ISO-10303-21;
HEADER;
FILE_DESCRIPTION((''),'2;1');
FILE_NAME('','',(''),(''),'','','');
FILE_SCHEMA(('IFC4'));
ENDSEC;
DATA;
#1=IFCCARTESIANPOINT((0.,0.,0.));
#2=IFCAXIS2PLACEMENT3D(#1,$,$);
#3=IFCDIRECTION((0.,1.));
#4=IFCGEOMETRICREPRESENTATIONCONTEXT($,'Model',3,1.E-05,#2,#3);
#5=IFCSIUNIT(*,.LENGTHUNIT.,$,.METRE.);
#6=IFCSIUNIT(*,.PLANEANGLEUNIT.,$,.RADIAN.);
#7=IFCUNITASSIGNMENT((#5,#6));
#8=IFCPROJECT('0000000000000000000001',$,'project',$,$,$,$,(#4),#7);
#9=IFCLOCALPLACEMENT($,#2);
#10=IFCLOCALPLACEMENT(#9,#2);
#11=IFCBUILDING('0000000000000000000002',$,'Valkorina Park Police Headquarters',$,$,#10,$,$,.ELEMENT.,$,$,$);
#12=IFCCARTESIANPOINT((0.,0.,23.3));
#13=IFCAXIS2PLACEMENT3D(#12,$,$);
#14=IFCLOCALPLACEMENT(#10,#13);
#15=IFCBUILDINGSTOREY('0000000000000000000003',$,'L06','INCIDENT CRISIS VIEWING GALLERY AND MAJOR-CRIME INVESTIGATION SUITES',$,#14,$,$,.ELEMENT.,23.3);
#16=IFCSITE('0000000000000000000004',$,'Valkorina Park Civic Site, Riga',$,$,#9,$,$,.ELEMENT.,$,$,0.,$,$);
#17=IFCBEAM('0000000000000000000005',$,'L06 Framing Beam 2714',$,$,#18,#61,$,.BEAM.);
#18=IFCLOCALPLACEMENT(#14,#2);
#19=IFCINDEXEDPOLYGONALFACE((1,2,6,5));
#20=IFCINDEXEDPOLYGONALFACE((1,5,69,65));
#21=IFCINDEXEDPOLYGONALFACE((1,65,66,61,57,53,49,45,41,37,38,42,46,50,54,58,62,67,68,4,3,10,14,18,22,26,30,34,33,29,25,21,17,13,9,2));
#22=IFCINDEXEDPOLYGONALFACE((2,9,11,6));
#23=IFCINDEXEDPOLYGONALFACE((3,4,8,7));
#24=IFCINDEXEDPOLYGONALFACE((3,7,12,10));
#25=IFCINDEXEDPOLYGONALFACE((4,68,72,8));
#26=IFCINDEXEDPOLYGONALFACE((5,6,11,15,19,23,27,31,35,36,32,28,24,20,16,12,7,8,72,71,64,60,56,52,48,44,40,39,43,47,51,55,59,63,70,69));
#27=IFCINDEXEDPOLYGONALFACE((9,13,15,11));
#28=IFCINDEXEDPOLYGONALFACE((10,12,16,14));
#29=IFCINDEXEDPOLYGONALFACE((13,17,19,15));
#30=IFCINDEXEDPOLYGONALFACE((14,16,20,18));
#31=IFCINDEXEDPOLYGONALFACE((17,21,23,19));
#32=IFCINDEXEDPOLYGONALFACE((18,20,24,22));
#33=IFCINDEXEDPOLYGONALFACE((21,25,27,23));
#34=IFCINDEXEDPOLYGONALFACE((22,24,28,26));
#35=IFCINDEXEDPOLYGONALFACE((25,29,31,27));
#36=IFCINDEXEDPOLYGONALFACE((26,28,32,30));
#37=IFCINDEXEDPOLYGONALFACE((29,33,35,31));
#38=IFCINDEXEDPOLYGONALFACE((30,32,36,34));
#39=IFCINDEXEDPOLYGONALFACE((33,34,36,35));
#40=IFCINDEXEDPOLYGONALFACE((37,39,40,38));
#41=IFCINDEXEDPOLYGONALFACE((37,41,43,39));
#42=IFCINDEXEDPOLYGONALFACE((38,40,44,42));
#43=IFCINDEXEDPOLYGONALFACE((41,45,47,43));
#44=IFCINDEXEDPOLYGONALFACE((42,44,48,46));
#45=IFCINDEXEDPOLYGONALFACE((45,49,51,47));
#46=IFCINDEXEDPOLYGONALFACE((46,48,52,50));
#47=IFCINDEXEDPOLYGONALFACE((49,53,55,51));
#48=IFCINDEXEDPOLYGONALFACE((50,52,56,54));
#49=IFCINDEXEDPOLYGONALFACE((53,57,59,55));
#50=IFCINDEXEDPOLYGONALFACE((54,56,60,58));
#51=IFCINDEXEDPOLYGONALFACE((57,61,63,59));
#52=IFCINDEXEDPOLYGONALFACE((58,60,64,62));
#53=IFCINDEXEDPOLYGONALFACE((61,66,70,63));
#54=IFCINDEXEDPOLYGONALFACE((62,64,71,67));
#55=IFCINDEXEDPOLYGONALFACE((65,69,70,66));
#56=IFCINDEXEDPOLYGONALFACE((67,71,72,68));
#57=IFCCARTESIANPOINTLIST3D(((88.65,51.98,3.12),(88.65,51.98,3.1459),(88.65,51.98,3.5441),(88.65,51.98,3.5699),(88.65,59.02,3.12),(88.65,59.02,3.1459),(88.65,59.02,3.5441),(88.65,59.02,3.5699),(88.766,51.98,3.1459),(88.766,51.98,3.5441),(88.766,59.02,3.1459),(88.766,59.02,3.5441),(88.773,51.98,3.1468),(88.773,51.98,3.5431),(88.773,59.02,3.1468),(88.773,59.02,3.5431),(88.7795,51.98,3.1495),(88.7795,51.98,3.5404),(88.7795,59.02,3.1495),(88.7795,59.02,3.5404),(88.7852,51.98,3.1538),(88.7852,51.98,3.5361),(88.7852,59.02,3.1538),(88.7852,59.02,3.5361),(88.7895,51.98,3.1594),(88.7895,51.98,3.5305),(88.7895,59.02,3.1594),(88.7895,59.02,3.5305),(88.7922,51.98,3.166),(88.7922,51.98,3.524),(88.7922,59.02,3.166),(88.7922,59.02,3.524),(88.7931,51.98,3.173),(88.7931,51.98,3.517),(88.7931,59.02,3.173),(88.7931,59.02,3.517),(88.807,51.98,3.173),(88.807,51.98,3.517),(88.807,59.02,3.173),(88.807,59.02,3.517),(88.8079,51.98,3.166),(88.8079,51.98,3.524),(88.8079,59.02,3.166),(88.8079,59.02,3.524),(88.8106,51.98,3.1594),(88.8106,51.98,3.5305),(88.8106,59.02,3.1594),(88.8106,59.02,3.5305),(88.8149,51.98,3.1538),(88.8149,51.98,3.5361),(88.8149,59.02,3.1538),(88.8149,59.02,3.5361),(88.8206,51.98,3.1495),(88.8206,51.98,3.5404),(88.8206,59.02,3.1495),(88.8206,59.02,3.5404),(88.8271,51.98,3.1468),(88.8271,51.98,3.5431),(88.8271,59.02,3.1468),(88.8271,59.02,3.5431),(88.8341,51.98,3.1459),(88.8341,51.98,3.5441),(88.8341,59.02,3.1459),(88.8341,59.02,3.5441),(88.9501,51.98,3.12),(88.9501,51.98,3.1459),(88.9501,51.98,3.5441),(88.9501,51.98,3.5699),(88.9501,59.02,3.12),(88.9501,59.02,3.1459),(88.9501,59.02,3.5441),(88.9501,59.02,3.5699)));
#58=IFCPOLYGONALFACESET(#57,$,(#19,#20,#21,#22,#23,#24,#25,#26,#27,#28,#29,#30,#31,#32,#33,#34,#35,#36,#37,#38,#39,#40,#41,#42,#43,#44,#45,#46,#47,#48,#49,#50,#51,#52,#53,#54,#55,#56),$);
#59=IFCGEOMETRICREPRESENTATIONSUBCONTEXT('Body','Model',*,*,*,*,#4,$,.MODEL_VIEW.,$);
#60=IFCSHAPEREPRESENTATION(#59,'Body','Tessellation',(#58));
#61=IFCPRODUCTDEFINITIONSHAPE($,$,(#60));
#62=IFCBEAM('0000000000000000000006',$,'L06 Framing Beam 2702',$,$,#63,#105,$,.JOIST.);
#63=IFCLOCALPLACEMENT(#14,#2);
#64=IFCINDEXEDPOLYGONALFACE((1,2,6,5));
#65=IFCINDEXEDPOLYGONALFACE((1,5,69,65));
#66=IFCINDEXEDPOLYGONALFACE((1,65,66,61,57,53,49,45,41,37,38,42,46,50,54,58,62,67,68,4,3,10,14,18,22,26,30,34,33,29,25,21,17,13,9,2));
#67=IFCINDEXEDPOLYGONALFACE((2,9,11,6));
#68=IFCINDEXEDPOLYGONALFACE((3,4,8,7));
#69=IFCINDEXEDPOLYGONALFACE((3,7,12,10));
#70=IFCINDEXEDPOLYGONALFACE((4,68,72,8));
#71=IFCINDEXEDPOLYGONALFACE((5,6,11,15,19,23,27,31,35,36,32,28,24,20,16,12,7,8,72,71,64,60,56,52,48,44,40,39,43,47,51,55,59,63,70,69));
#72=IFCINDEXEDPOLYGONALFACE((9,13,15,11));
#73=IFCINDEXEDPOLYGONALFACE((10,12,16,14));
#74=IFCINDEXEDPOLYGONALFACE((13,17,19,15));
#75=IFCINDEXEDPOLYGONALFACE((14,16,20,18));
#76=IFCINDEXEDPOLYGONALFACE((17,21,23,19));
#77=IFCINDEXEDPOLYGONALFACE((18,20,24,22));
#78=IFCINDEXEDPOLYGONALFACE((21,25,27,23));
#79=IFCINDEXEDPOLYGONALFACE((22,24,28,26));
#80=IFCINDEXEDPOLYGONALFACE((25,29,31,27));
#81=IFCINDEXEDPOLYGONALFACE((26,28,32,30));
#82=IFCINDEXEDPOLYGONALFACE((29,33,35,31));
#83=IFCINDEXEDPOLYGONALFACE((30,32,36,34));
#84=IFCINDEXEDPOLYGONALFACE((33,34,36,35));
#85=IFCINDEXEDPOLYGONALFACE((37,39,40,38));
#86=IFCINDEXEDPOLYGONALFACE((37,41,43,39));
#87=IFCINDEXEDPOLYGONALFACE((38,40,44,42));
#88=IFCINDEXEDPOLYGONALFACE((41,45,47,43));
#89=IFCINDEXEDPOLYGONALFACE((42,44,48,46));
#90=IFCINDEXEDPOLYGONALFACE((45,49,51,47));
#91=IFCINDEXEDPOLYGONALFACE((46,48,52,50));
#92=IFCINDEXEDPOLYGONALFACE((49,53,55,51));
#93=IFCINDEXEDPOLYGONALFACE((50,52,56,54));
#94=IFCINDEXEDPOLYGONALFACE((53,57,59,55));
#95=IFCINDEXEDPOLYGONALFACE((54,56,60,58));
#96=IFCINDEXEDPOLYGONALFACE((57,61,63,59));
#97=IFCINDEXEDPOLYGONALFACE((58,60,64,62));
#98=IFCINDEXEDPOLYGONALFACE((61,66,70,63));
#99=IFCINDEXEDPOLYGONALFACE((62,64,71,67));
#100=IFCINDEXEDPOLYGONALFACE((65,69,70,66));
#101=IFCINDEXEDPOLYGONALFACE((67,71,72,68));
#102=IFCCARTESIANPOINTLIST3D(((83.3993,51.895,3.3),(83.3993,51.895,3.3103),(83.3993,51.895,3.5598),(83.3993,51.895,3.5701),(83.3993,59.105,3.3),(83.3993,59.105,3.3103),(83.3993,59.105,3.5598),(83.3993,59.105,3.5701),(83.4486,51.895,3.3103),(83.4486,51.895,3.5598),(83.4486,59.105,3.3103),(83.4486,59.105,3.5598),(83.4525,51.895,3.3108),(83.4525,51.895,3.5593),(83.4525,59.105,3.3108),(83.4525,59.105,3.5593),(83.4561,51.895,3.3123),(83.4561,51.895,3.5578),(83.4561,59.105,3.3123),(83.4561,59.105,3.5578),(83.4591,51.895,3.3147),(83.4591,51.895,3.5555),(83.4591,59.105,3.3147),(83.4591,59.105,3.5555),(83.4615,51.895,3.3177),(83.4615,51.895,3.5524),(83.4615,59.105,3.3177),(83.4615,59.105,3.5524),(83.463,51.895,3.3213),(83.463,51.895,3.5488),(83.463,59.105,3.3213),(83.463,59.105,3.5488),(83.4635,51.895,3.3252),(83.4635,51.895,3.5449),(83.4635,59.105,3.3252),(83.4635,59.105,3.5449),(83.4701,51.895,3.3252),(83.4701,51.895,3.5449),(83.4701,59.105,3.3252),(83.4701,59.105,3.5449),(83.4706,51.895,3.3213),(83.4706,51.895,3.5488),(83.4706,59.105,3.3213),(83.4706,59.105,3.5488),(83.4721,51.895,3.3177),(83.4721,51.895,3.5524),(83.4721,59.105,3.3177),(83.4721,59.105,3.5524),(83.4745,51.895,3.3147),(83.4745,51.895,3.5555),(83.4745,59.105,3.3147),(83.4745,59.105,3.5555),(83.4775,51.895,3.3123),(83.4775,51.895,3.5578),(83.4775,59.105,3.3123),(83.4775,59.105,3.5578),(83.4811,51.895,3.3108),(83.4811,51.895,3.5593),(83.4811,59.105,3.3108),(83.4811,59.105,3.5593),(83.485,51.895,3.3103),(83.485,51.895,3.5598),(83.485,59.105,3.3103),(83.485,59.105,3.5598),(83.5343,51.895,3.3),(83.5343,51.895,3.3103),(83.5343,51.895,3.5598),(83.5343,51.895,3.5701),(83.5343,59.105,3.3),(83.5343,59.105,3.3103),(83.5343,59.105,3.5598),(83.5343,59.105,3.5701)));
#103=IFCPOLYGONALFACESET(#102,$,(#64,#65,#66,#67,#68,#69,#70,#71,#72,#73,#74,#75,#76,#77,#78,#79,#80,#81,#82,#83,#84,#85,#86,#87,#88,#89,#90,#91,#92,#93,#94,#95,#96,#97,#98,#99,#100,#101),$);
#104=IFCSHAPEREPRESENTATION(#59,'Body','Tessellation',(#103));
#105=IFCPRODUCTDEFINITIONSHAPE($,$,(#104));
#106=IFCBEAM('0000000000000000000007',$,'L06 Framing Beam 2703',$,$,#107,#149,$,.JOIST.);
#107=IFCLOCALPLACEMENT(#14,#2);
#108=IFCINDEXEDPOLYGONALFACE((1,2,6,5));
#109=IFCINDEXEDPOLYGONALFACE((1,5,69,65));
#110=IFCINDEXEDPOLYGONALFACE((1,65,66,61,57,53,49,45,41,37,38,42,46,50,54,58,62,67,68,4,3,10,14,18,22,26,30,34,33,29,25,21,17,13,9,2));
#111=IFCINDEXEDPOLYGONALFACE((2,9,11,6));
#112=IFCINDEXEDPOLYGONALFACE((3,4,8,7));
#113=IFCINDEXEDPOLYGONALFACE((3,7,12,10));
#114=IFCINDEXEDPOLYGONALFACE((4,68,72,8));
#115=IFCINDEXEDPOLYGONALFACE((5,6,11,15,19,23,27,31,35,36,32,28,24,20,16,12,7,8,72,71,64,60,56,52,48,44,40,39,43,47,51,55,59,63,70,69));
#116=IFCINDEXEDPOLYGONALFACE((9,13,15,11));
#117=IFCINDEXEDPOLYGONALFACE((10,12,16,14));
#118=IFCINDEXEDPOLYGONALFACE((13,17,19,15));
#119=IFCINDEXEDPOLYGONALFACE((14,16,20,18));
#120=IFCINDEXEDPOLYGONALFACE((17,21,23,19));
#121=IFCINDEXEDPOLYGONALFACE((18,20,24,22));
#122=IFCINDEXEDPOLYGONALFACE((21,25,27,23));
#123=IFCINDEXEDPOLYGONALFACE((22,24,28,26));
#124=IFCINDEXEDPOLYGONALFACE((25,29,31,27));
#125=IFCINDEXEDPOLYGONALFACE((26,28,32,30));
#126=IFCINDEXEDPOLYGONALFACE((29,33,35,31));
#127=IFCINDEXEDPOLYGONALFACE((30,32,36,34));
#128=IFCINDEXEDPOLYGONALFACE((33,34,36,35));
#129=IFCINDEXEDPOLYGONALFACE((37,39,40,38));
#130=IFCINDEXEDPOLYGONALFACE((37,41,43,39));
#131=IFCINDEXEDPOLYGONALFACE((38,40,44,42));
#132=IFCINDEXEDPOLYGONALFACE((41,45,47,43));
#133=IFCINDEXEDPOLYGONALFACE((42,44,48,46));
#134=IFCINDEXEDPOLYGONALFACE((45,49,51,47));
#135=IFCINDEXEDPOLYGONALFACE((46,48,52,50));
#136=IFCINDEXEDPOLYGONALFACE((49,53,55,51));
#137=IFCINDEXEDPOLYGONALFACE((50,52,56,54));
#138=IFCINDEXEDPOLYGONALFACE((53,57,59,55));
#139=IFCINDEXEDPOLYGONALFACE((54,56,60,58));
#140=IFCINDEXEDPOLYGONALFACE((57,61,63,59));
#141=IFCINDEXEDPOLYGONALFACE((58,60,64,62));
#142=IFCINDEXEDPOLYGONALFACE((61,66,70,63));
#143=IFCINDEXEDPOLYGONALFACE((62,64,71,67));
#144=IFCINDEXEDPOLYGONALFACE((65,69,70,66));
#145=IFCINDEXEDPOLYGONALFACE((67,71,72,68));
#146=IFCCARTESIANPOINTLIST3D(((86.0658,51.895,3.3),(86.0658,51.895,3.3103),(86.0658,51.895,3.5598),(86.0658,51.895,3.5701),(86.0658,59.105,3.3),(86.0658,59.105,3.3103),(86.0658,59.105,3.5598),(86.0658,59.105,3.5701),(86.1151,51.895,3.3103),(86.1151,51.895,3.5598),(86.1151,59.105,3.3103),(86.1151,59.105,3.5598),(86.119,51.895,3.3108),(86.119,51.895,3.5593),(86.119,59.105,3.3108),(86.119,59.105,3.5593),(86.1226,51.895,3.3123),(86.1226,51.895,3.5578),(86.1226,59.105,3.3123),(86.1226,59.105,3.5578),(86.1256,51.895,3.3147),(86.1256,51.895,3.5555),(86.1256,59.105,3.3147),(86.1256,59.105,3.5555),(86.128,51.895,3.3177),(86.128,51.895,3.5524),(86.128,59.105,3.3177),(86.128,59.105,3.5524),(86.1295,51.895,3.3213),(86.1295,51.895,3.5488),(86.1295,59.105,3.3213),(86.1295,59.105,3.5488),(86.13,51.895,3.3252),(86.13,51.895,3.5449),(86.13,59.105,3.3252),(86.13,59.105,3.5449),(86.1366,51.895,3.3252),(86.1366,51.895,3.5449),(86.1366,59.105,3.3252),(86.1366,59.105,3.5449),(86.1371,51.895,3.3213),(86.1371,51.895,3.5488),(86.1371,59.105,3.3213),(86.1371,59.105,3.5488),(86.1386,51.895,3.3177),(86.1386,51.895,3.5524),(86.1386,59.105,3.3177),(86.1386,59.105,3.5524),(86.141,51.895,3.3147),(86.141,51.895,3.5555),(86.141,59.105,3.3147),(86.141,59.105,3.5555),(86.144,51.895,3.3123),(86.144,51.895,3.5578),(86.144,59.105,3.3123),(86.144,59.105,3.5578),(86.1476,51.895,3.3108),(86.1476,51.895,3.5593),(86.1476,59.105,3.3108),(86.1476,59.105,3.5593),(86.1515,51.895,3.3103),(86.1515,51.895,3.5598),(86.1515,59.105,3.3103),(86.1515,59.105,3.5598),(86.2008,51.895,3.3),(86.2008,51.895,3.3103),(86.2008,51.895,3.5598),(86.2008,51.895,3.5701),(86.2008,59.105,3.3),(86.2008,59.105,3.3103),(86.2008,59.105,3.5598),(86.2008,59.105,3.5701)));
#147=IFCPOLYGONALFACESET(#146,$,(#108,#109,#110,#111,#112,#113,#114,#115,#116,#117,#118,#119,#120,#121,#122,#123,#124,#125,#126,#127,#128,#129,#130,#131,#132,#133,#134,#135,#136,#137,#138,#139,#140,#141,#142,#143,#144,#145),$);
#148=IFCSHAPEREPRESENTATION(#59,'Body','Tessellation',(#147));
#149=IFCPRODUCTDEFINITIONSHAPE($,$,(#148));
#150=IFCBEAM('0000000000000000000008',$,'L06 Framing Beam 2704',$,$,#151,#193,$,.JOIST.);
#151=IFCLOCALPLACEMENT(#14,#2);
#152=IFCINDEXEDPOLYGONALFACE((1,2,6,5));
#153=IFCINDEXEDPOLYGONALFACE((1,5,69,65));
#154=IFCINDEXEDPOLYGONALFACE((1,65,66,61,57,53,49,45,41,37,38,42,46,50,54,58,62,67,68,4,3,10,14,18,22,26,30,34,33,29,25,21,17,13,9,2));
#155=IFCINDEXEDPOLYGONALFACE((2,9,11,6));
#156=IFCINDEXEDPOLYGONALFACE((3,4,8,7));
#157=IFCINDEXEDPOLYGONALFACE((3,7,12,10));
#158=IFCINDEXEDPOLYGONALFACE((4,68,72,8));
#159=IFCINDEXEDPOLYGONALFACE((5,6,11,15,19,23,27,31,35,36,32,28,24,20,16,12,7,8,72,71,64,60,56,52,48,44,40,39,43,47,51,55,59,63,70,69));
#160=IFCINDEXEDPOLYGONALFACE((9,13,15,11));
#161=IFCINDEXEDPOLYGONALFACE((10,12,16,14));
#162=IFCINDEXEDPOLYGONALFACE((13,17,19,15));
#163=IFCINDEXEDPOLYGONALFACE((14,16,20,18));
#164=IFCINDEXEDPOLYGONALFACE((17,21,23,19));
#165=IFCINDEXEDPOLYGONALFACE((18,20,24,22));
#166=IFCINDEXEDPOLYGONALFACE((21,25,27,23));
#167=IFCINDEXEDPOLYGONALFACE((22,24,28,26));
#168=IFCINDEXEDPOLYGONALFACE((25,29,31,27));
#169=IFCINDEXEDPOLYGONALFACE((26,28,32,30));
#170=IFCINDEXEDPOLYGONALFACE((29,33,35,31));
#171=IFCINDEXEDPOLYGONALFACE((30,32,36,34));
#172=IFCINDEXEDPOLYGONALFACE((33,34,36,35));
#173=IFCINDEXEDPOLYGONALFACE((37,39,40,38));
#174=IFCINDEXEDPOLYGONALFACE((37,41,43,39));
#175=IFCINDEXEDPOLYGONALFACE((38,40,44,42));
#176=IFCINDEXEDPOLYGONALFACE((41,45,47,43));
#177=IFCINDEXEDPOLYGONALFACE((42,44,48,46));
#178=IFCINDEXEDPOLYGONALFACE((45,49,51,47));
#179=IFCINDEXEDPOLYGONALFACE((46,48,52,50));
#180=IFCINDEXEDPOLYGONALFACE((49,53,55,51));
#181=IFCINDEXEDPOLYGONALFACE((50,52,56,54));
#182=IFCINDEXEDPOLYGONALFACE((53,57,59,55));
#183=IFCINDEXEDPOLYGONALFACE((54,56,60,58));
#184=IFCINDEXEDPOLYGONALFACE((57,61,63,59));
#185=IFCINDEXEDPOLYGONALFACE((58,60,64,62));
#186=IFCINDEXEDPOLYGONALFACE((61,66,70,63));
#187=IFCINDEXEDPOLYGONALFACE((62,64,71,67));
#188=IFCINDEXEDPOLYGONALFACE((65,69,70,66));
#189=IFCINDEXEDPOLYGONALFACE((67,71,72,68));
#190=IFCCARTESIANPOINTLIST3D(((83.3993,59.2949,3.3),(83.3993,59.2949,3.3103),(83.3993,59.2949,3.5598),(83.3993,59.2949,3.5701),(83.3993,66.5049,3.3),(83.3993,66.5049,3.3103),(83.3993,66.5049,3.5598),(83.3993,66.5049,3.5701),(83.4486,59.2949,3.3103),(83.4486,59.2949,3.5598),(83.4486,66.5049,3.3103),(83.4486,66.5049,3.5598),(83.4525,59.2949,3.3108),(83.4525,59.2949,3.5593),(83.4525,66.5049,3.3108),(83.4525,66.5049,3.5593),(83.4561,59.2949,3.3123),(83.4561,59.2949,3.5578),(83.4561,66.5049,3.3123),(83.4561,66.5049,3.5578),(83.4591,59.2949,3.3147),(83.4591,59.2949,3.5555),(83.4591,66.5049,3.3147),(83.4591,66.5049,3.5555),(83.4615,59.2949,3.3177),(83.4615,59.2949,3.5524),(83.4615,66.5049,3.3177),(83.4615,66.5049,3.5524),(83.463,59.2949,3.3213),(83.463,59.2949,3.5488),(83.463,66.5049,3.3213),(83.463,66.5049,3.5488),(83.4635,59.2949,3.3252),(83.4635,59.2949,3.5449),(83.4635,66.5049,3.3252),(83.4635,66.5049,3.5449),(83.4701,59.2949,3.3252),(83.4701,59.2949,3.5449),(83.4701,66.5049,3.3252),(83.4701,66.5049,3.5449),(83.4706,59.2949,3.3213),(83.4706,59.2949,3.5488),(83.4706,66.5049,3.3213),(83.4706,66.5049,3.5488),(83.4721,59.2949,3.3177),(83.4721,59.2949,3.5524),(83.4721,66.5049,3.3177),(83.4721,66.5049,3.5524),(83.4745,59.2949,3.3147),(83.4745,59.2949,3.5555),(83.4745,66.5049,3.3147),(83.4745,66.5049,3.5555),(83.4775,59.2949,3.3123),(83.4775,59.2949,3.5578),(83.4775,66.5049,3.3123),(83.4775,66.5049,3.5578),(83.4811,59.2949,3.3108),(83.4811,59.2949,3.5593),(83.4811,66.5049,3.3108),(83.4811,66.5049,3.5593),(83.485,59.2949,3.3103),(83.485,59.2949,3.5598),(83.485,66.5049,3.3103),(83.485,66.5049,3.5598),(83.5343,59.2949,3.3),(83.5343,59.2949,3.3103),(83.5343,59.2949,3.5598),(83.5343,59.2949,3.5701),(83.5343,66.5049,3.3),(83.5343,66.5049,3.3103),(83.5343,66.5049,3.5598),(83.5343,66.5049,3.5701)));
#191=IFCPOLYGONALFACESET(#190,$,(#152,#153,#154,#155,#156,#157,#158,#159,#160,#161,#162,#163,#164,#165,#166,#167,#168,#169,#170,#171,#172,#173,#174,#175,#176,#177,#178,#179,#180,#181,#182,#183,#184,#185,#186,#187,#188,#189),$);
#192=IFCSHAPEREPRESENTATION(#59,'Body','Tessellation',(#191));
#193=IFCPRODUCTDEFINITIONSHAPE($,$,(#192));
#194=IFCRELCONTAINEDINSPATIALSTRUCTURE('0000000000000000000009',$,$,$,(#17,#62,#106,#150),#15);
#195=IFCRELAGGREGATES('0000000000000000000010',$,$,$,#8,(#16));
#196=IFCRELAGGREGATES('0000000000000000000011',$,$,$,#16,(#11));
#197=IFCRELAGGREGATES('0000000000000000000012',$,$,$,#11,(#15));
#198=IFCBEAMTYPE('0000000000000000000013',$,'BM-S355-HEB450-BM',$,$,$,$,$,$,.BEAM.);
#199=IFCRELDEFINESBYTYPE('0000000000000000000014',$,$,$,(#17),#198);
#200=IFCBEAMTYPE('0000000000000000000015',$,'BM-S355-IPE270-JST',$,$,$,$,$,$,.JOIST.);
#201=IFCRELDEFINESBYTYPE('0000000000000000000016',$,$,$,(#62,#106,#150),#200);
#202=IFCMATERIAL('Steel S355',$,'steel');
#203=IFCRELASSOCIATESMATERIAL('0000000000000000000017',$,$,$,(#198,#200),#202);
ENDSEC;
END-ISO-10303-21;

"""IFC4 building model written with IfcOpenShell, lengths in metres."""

from ifc_helpers import new_model, si_unit, direction, frame, origin, origin_2d, place, context, subcontext, project, spatial, i_section, extrude, material, material_profile, profile_set, type_object, element, save


model = new_model("IFC4")

# Units and contexts
model_context = context("Model", 3, precision=1e-05, world=origin(), true_north=direction((0.0, 1.0)))
body_context = subcontext(model_context, "Body", "Model", "MODEL_VIEW")
ifc_project = project(units=[si_unit("LENGTHUNIT", "METRE"), si_unit("PLANEANGLEUNIT", "RADIAN")], contexts=[model_context])

# Site, building, storey
site_placement = place(None, origin())
site = spatial("IfcSite", under=ifc_project, at=site_placement, Name="Valkorina Park Civic Site, Riga", CompositionType="ELEMENT", RefElevation=0.0)
building_placement = place(site_placement, origin())
building = spatial("IfcBuilding", under=site, at=building_placement, Name="Valkorina Park Police Headquarters", CompositionType="ELEMENT")
storey_placement = place(building_placement, frame((0.0, 0.0, 23.3)))
storey = spatial("IfcBuildingStorey", under=building, at=storey_placement, Name="L06", Description="INCIDENT CRISIS VIEWING GALLERY AND MAJOR-CRIME INVESTIGATION SUITES", CompositionType="ELEMENT", Elevation=23.3)

# Shared definitions
ifc_material_1 = material(Name="Steel S355", Category="steel")

# Beams
ifc_material_profile_1 = material_profile(ifc_material_1, i_section(OverallWidth=0.3, OverallDepth=0.45, WebThickness=0.0139, FlangeThickness=0.0259, FilletRadius=0.0271, at=origin_2d()), Name="HEB 450")
ifc_profile_set_1 = profile_set([ifc_material_profile_1], Name="Steel S355")
beam_type_1 = type_object("IfcBeamType", Name="BM-S355-HEB450-BM", PredefinedType="BEAM", material=ifc_profile_set_1)
beam_1_placement = place(storey_placement, frame((88.8, 51.98, 3.345), z_axis=(0.0, 1.0, 0.0), x_axis=(-1.0, 0.0, 0.0)))
element("IfcBeam", 1, at=beam_1_placement, inside=storey, type_object=beam_type_1, Name="L06 Framing Beam 2714", PredefinedType="BEAM", context=body_context, shape_type="SweptSolid", body=[
    extrude(i_section(OverallWidth=0.3, OverallDepth=0.45, WebThickness=0.0139, FlangeThickness=0.0259, FilletRadius=0.0271, at=origin_2d()), origin(), (0.0, 0.0, 1.0), 7.04),
])
ifc_material_profile_2 = material_profile(ifc_material_1, i_section(OverallWidth=0.135, OverallDepth=0.27, WebThickness=0.0066, FlangeThickness=0.0103, FilletRadius=0.0149, at=origin_2d()), Name="IPE 270")
ifc_profile_set_2 = profile_set([ifc_material_profile_2], Name="Steel S355")
beam_type_2 = type_object("IfcBeamType", Name="BM-S355-IPE270-JST", PredefinedType="JOIST", material=ifc_profile_set_2)
for number, where, z_axis, x_axis, name in (
    (2, (83.4668, 51.895, 3.4351), (0.0, 1.0, 0.0), (-1.0, 0.0, 0.0), "L06 Framing Beam 2702"),
    (3, (86.1333, 51.895, 3.4351), (0.0, 1.0, 0.0), (-1.0, 0.0, 0.0), "L06 Framing Beam 2703"),
    (4, (83.4668, 59.2949, 3.4351), (0.0, 1.0, 0.0), (-1.0, 0.0, 0.0), "L06 Framing Beam 2704"),
):
    element("IfcBeam", number, at=place(storey_placement, frame(where, z_axis=z_axis, x_axis=x_axis)), inside=storey, type_object=beam_type_2, Name=name, PredefinedType="JOIST", context=body_context, shape_type="SweptSolid", body=[
        extrude(i_section(OverallWidth=0.135, OverallDepth=0.27, WebThickness=0.0066, FlangeThickness=0.0103, FilletRadius=0.0149, at=origin_2d()), origin(), (0.0, 0.0, 1.0), 7.21),
    ])

save(model, "model.ifc")
